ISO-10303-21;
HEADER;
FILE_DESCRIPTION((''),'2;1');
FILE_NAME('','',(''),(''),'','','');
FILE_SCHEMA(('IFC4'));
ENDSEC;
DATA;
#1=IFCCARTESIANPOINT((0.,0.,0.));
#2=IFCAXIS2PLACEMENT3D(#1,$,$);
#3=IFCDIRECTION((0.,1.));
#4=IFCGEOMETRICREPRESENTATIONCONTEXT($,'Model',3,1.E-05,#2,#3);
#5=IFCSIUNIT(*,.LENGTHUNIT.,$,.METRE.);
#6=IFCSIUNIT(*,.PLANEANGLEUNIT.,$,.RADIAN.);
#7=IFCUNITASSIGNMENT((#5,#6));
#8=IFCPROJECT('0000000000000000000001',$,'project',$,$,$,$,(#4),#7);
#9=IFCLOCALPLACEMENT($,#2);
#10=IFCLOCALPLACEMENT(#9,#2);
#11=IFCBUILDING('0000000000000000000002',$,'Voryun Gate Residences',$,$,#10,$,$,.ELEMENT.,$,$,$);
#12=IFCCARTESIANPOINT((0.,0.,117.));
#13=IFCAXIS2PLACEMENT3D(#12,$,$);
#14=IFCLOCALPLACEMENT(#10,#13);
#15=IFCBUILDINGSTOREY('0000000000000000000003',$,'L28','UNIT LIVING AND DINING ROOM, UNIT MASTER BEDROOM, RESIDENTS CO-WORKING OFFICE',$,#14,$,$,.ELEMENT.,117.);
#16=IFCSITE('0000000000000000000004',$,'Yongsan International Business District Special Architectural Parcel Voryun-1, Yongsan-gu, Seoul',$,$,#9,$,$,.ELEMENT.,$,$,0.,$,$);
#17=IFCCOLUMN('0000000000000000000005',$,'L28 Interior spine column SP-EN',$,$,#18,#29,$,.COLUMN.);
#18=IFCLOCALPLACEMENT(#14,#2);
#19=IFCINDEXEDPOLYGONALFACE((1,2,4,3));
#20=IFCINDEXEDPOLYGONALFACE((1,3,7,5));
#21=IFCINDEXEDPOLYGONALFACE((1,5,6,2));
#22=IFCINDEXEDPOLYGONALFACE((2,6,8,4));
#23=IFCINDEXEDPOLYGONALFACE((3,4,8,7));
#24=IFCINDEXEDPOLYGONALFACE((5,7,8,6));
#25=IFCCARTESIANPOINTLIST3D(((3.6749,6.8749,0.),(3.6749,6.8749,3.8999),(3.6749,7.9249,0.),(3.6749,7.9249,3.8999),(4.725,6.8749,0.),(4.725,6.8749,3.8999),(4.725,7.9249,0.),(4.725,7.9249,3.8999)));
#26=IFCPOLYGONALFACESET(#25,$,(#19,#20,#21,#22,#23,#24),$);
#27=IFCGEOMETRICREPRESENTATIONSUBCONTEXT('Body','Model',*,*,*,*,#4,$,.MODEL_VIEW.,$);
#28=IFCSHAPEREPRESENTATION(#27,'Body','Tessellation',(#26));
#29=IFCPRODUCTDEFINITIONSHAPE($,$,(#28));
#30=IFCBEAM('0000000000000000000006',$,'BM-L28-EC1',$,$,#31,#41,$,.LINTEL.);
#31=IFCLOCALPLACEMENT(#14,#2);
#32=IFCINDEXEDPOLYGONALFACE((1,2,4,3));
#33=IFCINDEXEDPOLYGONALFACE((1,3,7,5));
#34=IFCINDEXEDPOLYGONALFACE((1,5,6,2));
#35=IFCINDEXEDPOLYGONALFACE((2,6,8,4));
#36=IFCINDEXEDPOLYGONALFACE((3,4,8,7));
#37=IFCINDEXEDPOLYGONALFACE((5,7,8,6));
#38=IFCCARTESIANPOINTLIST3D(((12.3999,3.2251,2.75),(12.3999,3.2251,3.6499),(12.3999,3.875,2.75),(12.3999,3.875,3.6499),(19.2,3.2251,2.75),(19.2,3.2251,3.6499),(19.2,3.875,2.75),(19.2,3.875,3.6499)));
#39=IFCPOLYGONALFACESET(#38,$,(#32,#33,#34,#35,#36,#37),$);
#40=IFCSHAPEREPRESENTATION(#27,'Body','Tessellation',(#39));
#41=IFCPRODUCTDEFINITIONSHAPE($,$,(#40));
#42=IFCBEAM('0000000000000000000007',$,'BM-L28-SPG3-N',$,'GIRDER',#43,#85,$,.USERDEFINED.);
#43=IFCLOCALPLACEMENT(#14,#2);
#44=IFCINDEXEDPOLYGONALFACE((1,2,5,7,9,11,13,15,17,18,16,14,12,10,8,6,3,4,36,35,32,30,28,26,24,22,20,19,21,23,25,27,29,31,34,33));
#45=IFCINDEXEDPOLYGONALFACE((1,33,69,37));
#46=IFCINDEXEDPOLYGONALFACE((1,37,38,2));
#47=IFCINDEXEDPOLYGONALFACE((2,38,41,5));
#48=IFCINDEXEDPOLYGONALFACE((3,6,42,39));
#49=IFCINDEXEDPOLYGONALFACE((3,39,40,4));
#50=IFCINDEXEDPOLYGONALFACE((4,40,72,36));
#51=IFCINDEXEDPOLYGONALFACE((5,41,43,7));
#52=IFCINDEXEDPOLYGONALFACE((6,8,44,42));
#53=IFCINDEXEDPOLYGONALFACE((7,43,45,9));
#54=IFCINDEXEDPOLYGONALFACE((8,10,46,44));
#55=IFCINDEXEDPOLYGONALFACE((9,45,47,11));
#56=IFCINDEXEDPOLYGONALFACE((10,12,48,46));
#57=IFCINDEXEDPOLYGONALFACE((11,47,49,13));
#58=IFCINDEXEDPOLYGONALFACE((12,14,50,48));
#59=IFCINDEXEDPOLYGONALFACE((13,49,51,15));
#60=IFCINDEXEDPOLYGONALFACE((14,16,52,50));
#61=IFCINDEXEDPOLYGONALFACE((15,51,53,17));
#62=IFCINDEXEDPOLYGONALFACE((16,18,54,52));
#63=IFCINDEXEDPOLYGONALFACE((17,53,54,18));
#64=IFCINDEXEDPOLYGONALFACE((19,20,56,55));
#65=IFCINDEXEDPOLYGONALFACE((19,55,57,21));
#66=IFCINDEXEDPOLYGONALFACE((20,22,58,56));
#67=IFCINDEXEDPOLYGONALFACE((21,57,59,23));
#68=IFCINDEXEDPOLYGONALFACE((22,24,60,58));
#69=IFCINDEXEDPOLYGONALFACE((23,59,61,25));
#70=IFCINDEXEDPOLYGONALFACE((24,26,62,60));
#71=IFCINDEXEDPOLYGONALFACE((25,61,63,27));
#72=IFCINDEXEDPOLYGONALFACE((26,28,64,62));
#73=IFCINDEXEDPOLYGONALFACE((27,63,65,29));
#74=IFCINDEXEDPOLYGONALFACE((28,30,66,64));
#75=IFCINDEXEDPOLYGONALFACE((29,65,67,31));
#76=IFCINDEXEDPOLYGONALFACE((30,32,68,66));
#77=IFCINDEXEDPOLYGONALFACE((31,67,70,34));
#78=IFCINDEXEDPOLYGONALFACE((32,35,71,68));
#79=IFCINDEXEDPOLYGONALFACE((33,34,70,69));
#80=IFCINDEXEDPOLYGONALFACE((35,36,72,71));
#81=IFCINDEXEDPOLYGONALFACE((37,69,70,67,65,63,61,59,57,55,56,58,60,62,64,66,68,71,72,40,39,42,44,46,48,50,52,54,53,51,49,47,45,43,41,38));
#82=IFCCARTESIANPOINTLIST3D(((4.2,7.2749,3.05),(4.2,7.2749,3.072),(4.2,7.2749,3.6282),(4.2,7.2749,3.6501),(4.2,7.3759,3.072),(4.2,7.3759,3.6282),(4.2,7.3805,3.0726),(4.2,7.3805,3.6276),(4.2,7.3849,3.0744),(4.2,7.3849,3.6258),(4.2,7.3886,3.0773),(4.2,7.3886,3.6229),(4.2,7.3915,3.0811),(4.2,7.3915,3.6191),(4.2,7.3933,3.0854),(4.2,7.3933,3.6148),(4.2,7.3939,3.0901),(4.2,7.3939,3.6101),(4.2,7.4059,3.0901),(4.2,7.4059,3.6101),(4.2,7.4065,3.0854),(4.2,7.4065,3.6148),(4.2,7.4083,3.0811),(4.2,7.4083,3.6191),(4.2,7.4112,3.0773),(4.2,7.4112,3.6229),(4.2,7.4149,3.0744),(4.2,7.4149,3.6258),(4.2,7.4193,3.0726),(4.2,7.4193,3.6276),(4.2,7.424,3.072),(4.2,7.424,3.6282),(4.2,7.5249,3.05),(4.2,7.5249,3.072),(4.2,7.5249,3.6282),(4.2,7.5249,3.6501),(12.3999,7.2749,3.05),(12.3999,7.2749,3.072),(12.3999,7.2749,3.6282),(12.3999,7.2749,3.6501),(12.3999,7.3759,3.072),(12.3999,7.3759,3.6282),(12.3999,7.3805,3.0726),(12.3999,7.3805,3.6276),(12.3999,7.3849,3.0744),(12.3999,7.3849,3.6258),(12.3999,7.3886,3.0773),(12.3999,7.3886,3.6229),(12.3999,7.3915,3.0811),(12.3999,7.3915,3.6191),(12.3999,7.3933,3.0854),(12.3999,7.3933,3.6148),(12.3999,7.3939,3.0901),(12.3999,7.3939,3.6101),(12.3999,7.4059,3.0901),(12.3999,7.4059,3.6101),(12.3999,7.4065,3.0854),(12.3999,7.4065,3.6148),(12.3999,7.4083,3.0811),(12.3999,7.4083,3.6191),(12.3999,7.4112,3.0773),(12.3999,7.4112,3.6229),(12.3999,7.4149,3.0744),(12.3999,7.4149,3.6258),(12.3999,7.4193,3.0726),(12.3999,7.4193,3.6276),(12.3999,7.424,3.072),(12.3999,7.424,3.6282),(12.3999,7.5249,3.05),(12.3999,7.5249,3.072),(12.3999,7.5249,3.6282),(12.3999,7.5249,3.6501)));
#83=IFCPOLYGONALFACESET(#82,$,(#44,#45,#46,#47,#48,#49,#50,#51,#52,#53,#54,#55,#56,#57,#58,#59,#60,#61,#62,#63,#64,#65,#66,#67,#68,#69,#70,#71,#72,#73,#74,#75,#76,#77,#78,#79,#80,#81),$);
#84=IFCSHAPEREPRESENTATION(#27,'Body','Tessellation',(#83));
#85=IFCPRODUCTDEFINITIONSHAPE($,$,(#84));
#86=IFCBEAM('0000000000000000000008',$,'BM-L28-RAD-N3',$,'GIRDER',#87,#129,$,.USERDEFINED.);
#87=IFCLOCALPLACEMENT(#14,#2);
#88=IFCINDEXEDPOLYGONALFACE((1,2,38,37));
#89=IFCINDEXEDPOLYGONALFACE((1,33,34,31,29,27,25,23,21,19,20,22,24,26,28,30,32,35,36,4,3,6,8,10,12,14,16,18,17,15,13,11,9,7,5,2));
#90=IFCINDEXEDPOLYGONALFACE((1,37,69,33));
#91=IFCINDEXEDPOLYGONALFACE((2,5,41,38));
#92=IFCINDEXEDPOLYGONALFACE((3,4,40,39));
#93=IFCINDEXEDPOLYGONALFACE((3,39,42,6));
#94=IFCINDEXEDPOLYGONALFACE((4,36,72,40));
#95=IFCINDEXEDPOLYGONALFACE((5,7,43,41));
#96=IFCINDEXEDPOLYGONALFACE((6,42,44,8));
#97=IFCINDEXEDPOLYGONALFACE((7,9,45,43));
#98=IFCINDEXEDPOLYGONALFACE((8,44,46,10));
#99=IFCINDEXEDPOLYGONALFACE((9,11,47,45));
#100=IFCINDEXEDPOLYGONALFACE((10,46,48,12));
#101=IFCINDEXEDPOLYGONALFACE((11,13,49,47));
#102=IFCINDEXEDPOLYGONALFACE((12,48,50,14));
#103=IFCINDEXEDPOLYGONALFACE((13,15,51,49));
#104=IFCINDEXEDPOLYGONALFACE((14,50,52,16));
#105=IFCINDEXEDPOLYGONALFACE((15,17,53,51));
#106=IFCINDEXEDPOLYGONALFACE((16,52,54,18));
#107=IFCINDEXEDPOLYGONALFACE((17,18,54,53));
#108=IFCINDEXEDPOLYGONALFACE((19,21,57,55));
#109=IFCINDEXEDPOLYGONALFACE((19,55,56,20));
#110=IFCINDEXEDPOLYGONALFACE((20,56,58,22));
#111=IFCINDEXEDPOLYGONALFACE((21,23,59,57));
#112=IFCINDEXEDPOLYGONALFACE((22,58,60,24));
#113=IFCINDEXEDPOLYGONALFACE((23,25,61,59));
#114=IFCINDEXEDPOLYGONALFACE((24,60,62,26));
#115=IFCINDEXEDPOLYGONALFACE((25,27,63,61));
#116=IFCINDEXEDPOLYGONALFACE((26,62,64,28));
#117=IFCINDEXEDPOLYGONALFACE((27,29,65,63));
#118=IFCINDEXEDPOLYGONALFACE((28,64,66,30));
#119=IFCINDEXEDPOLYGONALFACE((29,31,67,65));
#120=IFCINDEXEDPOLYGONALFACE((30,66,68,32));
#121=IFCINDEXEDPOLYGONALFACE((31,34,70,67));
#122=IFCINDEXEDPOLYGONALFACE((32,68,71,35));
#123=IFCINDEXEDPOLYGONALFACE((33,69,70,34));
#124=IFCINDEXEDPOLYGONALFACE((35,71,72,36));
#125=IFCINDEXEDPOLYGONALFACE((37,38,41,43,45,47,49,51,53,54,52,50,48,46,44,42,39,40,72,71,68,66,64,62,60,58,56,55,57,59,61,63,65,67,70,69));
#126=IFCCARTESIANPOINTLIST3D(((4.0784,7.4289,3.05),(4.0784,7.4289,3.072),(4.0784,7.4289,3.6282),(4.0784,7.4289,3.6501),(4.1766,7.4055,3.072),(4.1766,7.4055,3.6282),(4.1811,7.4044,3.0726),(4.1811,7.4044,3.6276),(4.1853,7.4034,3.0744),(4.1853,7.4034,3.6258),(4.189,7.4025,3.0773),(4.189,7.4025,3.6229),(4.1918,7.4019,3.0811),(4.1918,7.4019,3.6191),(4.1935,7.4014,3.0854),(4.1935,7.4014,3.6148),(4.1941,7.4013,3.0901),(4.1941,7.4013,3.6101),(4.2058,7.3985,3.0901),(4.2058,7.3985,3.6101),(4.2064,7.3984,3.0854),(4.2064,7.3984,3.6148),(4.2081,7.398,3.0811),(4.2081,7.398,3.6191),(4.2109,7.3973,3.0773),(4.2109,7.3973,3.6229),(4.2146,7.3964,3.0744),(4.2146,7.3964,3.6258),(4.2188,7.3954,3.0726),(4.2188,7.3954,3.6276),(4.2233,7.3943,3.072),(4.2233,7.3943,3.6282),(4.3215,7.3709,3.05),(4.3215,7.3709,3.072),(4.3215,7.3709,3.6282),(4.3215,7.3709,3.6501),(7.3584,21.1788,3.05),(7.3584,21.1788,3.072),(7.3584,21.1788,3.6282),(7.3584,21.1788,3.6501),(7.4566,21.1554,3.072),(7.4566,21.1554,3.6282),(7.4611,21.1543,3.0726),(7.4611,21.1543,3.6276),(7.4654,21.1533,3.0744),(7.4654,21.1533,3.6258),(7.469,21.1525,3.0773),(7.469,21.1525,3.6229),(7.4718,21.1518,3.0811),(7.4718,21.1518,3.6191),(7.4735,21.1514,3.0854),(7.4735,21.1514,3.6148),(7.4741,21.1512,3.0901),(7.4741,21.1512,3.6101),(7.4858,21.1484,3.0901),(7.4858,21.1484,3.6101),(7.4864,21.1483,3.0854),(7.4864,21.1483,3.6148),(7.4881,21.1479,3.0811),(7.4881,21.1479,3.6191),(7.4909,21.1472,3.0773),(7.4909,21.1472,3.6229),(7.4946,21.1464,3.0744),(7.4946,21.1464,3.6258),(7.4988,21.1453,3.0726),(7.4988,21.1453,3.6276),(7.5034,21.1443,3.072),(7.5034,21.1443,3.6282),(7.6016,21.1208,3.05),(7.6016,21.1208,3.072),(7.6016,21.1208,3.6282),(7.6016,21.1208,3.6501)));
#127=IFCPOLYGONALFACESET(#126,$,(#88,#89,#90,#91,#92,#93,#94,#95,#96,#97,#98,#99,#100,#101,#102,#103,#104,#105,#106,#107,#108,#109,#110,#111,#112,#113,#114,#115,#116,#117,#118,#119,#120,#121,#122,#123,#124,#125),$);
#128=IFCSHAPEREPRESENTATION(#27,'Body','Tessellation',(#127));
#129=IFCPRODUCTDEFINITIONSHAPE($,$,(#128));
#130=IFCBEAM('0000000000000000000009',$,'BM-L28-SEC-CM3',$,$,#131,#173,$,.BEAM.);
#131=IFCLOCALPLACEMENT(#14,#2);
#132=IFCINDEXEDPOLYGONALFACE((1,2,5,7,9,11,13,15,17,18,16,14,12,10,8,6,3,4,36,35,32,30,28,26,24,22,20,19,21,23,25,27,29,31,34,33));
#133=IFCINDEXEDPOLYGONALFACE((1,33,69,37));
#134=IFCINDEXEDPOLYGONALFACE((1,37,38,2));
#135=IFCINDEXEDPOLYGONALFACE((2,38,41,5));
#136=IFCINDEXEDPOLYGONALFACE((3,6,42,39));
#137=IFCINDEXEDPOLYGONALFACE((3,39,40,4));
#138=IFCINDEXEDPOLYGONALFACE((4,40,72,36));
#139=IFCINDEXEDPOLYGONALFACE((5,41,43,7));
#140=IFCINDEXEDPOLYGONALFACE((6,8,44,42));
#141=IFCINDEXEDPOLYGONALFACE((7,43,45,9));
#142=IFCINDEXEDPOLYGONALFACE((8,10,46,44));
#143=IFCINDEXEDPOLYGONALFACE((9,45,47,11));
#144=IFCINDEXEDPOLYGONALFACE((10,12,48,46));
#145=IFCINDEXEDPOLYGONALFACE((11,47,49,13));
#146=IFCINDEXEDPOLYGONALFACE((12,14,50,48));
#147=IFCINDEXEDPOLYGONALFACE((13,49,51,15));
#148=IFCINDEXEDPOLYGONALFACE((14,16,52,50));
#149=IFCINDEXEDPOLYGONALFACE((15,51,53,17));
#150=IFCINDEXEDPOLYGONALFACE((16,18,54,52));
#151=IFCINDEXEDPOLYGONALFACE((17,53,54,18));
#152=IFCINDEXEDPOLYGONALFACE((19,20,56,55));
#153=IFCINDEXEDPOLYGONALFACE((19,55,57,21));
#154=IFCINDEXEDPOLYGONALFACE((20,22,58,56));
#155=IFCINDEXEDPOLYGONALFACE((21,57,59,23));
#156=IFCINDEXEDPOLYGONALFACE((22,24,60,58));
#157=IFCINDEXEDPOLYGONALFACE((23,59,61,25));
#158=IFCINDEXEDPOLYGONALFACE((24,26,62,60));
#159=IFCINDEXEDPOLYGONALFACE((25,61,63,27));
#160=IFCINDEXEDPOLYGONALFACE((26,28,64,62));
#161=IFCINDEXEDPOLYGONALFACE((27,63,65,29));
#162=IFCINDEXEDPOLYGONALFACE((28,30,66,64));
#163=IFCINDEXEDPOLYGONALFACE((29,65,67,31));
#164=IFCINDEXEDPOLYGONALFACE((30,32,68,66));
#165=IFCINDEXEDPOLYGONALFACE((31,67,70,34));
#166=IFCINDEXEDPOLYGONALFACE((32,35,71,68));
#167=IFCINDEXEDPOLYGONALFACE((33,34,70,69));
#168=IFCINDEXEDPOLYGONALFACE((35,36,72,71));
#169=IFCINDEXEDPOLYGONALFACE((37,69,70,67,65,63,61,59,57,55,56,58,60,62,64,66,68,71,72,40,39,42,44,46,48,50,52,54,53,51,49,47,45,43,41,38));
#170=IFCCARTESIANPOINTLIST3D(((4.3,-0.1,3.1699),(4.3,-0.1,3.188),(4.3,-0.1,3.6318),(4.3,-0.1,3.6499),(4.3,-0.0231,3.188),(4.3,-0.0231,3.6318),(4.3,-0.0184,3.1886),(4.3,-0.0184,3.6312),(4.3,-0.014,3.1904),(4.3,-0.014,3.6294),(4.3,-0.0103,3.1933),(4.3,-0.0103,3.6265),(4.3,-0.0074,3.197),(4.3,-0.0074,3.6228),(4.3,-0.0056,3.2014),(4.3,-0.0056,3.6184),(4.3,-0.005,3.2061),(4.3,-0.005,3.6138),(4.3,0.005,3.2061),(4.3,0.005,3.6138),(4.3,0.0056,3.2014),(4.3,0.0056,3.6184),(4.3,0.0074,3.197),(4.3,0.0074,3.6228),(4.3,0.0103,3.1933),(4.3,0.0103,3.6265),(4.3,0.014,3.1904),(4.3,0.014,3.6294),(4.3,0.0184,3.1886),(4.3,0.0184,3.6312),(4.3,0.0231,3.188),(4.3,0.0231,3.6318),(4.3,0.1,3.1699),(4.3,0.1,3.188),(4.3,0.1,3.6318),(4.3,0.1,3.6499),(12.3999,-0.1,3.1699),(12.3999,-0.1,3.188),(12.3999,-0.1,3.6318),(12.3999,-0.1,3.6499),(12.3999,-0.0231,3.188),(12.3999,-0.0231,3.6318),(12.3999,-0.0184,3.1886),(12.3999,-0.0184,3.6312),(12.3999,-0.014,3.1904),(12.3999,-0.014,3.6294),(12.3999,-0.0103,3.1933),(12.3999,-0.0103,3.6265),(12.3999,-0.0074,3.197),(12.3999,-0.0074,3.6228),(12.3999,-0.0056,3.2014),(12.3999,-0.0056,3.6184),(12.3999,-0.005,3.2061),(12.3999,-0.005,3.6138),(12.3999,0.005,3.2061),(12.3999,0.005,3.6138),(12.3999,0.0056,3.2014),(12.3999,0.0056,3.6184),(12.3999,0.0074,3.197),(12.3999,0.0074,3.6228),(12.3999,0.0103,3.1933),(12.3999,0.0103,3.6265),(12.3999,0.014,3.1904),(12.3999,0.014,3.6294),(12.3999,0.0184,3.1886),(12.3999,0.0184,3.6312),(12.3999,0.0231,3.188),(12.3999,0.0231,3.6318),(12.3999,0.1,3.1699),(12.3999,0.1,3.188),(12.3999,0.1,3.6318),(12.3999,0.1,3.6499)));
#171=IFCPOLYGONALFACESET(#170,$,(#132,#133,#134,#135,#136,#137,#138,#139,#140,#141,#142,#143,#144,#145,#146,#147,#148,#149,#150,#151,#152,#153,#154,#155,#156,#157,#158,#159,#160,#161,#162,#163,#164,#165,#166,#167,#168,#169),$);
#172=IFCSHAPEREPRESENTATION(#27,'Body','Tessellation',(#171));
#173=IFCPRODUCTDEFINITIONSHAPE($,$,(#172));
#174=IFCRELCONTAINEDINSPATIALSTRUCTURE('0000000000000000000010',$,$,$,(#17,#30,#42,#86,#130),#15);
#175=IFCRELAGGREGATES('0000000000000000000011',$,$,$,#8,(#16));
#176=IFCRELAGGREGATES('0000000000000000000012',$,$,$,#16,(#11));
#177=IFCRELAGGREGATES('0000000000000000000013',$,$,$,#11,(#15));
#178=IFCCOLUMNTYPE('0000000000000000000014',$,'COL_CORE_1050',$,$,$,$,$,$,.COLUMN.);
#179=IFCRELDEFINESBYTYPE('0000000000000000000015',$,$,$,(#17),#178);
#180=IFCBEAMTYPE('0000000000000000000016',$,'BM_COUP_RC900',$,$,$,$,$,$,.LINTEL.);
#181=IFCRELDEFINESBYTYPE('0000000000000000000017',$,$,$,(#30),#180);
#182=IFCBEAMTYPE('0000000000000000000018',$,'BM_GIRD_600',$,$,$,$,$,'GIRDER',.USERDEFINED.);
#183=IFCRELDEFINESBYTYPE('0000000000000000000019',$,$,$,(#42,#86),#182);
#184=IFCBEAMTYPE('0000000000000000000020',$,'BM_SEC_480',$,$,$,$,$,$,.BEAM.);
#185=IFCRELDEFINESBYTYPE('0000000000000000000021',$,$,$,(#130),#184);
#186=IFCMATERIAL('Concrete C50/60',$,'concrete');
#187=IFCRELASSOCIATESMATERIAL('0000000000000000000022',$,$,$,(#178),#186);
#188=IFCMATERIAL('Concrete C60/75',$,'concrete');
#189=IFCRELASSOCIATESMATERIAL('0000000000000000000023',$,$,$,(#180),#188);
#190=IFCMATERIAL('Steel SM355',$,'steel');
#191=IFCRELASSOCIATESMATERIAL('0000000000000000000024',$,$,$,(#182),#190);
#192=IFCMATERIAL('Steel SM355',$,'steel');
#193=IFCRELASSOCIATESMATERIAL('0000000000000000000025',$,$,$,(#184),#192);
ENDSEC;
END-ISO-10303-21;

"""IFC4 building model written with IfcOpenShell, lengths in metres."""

from ifc_helpers import new_model, si_unit, direction, frame, origin, origin_2d, place, context, subcontext, project, spatial, rectangle, i_section, extrude, material, material_profile, profile_set, type_object, element, save


model = new_model("IFC4")

# Units and contexts
model_context = context("Model", 3, precision=1e-05, world=origin(), true_north=direction((0.0, 1.0)))
body_context = subcontext(model_context, "Body", "Model", "MODEL_VIEW")
ifc_project = project(units=[si_unit("LENGTHUNIT", "METRE"), si_unit("PLANEANGLEUNIT", "RADIAN")], contexts=[model_context])

# Site, building, storey
site_placement = place(None, origin())
site = spatial("IfcSite", under=ifc_project, at=site_placement, Name="Yongsan International Business District Special Architectural Parcel Voryun-1, Yongsan-gu, Seoul", CompositionType="ELEMENT", RefElevation=0.0)
building_placement = place(site_placement, origin())
building = spatial("IfcBuilding", under=site, at=building_placement, Name="Voryun Gate Residences", CompositionType="ELEMENT")
storey_placement = place(building_placement, frame((0.0, 0.0, 117.0)))
storey = spatial("IfcBuildingStorey", under=building, at=storey_placement, Name="L28", Description="UNIT LIVING AND DINING ROOM, UNIT MASTER BEDROOM, RESIDENTS CO-WORKING OFFICE", CompositionType="ELEMENT", Elevation=117.0)

# Column
ifc_material_1 = material(Name="Concrete C50/60", Category="concrete")
ifc_material_profile_1 = material_profile(ifc_material_1, rectangle(XDim=1.05, YDim=1.05, at=origin_2d()), Name="RC-1050x1050")
ifc_profile_set_1 = profile_set([ifc_material_profile_1], Name="Concrete C50/60")
column_type = type_object("IfcColumnType", Name="COL_CORE_1050", PredefinedType="COLUMN", material=ifc_profile_set_1)
column_placement = place(storey_placement, frame((4.2, 7.3999, 0.0), z_axis=(0.0, 0.0, 1.0), x_axis=(1.0, 0.0, 0.0)))
element("IfcColumn", 1, at=column_placement, inside=storey, type_object=column_type, Name="L28 Interior spine column SP-EN", PredefinedType="COLUMN", context=body_context, shape_type="SweptSolid", body=[
    extrude(rectangle(XDim=1.05, YDim=1.05, at=origin_2d()), origin(), (0.0, 0.0, 1.0), 3.8999),
])

# Beams
ifc_material_2 = material(Name="Concrete C60/75", Category="concrete")
ifc_material_profile_2 = material_profile(ifc_material_2, rectangle(XDim=0.6499, YDim=0.8999, at=origin_2d()), Name="RC-650x900")
ifc_profile_set_2 = profile_set([ifc_material_profile_2], Name="Concrete C60/75")
beam_type_1 = type_object("IfcBeamType", Name="BM_COUP_RC900", PredefinedType="LINTEL", material=ifc_profile_set_2)
beam_1_placement = place(storey_placement, frame((12.3999, 3.55, 3.2), z_axis=(1.0, 0.0, 0.0), x_axis=(0.0, 1.0, 0.0)))
element("IfcBeam", 2, at=beam_1_placement, inside=storey, type_object=beam_type_1, Name="BM-L28-EC1", PredefinedType="LINTEL", context=body_context, shape_type="SweptSolid", body=[
    extrude(rectangle(XDim=0.6499, YDim=0.8999, at=origin_2d()), origin(), (0.0, 0.0, 1.0), 6.8),
])
ifc_material_3 = material(Name="Steel SM355", Category="steel")
ifc_material_profile_3 = material_profile(ifc_material_3, i_section(OverallWidth=0.25, OverallDepth=0.6001, WebThickness=0.012, FlangeThickness=0.022, FilletRadius=0.0181, at=origin_2d()), Name="H-600x250x12x22")
ifc_profile_set_3 = profile_set([ifc_material_profile_3], Name="Steel SM355")
beam_type_2 = type_object("IfcBeamType", Name="BM_GIRD_600", ElementType="GIRDER", PredefinedType="USERDEFINED", material=ifc_profile_set_3)
beam_2_placement = place(storey_placement, frame((4.2, 7.3999, 3.3501), z_axis=(1.0, 0.0, 0.0), x_axis=(0.0, 1.0, 0.0)))
element("IfcBeam", 3, at=beam_2_placement, inside=storey, type_object=beam_type_2, Name="BM-L28-SPG3-N", ObjectType="GIRDER", PredefinedType="USERDEFINED", context=body_context, shape_type="SweptSolid", body=[
    extrude(i_section(OverallWidth=0.25, OverallDepth=0.6001, WebThickness=0.012, FlangeThickness=0.022, FilletRadius=0.0181, at=origin_2d()), origin(), (0.0, 0.0, 1.0), 8.2),
])
beam_3_placement = place(storey_placement, frame((4.2, 7.3999, 3.3501), z_axis=(0.232037, 0.972707, 0.0), x_axis=(-0.972707, 0.232037, 0.0)))
element("IfcBeam", 4, at=beam_3_placement, inside=storey, type_object=beam_type_2, Name="BM-L28-RAD-N3", ObjectType="GIRDER", PredefinedType="USERDEFINED", context=body_context, shape_type="SweptSolid", body=[
    extrude(i_section(OverallWidth=0.25, OverallDepth=0.6001, WebThickness=0.012, FlangeThickness=0.022, FilletRadius=0.0181, at=origin_2d()), origin(), (0.0, 0.0, 1.0), 14.1357),
])
ifc_material_4 = material(Name="Steel SM355", Category="steel")
ifc_material_profile_4 = material_profile(ifc_material_4, i_section(OverallWidth=0.2, OverallDepth=0.48, WebThickness=0.01, FlangeThickness=0.0181, FilletRadius=0.0181, at=origin_2d()), Name="H-480x200x10x18")
ifc_profile_set_4 = profile_set([ifc_material_profile_4], Name="Steel SM355")
beam_type_3 = type_object("IfcBeamType", Name="BM_SEC_480", PredefinedType="BEAM", material=ifc_profile_set_4)
for number, where, z_axis, x_axis, name in (
    (5, (4.3, 0.0, 3.4099), (1.0, 0.0, 0.0), (0.0, 1.0, 0.0), "BM-L28-SEC-CM3"),
):
    element("IfcBeam", number, at=place(storey_placement, frame(where, z_axis=z_axis, x_axis=x_axis)), inside=storey, type_object=beam_type_3, Name=name, PredefinedType="BEAM", context=body_context, shape_type="SweptSolid", body=[
        extrude(i_section(OverallWidth=0.2, OverallDepth=0.48, WebThickness=0.01, FlangeThickness=0.0181, FilletRadius=0.0181, at=origin_2d()), origin(), (0.0, 0.0, 1.0), 8.0999),
    ])

save(model, "model.ifc")
